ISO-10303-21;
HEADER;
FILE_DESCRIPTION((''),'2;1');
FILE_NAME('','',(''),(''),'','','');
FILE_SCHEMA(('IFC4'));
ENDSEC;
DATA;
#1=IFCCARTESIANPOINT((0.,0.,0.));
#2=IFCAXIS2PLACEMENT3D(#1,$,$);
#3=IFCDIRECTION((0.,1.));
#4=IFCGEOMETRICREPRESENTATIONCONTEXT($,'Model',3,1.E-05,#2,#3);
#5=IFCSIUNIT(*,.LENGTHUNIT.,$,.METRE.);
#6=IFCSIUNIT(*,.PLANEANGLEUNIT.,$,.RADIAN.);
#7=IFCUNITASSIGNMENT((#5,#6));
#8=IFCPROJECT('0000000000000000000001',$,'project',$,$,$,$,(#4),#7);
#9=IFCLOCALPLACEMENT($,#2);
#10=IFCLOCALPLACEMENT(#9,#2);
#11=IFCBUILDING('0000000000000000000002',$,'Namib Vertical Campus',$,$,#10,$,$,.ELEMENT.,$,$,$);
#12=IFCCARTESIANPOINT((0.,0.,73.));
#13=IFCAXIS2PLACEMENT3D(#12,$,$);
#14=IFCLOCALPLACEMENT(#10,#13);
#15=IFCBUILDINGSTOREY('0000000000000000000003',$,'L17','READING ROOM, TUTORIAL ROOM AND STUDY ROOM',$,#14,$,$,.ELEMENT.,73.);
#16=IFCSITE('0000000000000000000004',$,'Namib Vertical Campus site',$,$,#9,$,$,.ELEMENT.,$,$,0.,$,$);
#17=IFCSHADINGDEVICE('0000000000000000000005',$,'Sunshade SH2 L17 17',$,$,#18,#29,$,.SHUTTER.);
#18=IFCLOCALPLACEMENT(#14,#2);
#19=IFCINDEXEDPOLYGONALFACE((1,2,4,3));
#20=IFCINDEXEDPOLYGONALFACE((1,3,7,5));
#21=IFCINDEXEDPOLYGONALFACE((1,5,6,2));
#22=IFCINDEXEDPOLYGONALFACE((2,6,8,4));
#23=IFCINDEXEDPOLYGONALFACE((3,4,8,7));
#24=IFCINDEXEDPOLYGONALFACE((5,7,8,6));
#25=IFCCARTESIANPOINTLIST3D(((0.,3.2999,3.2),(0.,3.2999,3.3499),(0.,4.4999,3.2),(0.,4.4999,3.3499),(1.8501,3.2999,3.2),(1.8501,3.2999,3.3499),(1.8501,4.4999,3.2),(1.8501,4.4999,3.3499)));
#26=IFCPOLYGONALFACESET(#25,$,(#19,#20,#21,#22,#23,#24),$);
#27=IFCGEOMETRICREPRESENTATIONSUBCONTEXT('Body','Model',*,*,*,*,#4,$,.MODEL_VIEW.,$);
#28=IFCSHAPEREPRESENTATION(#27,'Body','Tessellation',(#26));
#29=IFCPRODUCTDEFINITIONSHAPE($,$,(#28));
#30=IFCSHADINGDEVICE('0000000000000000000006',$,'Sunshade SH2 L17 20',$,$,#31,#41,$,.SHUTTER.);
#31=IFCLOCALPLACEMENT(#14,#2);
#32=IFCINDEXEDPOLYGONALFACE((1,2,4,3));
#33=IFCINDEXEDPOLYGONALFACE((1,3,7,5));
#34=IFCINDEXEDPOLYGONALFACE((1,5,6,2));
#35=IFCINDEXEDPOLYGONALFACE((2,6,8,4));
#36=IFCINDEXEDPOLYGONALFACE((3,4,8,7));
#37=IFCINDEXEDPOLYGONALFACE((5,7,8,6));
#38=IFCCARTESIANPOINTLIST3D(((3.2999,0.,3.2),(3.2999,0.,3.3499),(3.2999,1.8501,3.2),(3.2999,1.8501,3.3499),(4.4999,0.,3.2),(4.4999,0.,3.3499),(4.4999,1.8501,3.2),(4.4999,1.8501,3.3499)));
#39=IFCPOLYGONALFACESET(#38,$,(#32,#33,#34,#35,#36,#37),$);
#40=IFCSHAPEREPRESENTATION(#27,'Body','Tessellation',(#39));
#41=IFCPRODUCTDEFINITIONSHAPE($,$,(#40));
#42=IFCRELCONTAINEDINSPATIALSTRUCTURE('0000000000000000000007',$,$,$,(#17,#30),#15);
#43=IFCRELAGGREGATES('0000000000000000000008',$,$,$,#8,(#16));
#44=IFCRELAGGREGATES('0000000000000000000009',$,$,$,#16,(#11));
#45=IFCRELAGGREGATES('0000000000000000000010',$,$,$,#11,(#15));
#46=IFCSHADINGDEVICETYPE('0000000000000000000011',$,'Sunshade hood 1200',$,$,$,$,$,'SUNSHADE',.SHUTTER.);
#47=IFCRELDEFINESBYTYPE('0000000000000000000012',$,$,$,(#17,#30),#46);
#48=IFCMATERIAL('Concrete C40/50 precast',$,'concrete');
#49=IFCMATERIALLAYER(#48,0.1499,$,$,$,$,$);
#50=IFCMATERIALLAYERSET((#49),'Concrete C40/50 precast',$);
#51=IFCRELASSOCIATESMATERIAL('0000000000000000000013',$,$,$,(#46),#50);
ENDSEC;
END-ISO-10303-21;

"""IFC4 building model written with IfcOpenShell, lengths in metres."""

from ifc_helpers import new_model, si_unit, direction, frame, origin, origin_2d, place, context, subcontext, project, spatial, rectangle, extrude, material, layer, layer_set, type_object, element, save


model = new_model("IFC4")

# Units and contexts
model_context = context("Model", 3, precision=1e-05, world=origin(), true_north=direction((0.0, 1.0)))
body_context = subcontext(model_context, "Body", "Model", "MODEL_VIEW")
ifc_project = project(units=[si_unit("LENGTHUNIT", "METRE"), si_unit("PLANEANGLEUNIT", "RADIAN")], contexts=[model_context])

# Site, building, storey
site_placement = place(None, origin())
site = spatial("IfcSite", under=ifc_project, at=site_placement, Name="Namib Vertical Campus site", CompositionType="ELEMENT", RefElevation=0.0)
building_placement = place(site_placement, origin())
building = spatial("IfcBuilding", under=site, at=building_placement, Name="Namib Vertical Campus", CompositionType="ELEMENT")
storey_placement = place(building_placement, frame((0.0, 0.0, 73.0)))
storey = spatial("IfcBuildingStorey", under=building, at=storey_placement, Name="L17", Description="READING ROOM, TUTORIAL ROOM AND STUDY ROOM", CompositionType="ELEMENT", Elevation=73.0)

# Shading devices
ifc_material_1 = material(Name="Concrete C40/50 precast", Category="concrete")
ifc_layer_1 = layer(ifc_material_1, 0.1499)
ifc_layer_set_1 = layer_set([ifc_layer_1], Name="Concrete C40/50 precast")
shading_device_type = type_object("IfcShadingDeviceType", Name="Sunshade hood 1200", ElementType="SUNSHADE", PredefinedType="SHUTTER", material=ifc_layer_set_1)
for number, where, z_axis, x_axis, name in (
    (1, (0.925, 3.8999, 3.2), (0.0, 0.0, 1.0), (1.0, 0.0, 0.0), "Sunshade SH2 L17 17"),
    (2, (3.8999, 0.925, 3.2), (0.0, 0.0, 1.0), (0.0, -1.0, 0.0), "Sunshade SH2 L17 20"),
):
    element("IfcShadingDevice", number, at=place(storey_placement, frame(where, z_axis=z_axis, x_axis=x_axis)), inside=storey, type_object=shading_device_type, Name=name, PredefinedType="SHUTTER", context=body_context, shape_type="SweptSolid", body=[
        extrude(rectangle(XDim=1.8501, YDim=1.2, at=origin_2d()), origin(), (0.0, 0.0, 1.0), 0.1499),
    ])

save(model, "model.ifc")
